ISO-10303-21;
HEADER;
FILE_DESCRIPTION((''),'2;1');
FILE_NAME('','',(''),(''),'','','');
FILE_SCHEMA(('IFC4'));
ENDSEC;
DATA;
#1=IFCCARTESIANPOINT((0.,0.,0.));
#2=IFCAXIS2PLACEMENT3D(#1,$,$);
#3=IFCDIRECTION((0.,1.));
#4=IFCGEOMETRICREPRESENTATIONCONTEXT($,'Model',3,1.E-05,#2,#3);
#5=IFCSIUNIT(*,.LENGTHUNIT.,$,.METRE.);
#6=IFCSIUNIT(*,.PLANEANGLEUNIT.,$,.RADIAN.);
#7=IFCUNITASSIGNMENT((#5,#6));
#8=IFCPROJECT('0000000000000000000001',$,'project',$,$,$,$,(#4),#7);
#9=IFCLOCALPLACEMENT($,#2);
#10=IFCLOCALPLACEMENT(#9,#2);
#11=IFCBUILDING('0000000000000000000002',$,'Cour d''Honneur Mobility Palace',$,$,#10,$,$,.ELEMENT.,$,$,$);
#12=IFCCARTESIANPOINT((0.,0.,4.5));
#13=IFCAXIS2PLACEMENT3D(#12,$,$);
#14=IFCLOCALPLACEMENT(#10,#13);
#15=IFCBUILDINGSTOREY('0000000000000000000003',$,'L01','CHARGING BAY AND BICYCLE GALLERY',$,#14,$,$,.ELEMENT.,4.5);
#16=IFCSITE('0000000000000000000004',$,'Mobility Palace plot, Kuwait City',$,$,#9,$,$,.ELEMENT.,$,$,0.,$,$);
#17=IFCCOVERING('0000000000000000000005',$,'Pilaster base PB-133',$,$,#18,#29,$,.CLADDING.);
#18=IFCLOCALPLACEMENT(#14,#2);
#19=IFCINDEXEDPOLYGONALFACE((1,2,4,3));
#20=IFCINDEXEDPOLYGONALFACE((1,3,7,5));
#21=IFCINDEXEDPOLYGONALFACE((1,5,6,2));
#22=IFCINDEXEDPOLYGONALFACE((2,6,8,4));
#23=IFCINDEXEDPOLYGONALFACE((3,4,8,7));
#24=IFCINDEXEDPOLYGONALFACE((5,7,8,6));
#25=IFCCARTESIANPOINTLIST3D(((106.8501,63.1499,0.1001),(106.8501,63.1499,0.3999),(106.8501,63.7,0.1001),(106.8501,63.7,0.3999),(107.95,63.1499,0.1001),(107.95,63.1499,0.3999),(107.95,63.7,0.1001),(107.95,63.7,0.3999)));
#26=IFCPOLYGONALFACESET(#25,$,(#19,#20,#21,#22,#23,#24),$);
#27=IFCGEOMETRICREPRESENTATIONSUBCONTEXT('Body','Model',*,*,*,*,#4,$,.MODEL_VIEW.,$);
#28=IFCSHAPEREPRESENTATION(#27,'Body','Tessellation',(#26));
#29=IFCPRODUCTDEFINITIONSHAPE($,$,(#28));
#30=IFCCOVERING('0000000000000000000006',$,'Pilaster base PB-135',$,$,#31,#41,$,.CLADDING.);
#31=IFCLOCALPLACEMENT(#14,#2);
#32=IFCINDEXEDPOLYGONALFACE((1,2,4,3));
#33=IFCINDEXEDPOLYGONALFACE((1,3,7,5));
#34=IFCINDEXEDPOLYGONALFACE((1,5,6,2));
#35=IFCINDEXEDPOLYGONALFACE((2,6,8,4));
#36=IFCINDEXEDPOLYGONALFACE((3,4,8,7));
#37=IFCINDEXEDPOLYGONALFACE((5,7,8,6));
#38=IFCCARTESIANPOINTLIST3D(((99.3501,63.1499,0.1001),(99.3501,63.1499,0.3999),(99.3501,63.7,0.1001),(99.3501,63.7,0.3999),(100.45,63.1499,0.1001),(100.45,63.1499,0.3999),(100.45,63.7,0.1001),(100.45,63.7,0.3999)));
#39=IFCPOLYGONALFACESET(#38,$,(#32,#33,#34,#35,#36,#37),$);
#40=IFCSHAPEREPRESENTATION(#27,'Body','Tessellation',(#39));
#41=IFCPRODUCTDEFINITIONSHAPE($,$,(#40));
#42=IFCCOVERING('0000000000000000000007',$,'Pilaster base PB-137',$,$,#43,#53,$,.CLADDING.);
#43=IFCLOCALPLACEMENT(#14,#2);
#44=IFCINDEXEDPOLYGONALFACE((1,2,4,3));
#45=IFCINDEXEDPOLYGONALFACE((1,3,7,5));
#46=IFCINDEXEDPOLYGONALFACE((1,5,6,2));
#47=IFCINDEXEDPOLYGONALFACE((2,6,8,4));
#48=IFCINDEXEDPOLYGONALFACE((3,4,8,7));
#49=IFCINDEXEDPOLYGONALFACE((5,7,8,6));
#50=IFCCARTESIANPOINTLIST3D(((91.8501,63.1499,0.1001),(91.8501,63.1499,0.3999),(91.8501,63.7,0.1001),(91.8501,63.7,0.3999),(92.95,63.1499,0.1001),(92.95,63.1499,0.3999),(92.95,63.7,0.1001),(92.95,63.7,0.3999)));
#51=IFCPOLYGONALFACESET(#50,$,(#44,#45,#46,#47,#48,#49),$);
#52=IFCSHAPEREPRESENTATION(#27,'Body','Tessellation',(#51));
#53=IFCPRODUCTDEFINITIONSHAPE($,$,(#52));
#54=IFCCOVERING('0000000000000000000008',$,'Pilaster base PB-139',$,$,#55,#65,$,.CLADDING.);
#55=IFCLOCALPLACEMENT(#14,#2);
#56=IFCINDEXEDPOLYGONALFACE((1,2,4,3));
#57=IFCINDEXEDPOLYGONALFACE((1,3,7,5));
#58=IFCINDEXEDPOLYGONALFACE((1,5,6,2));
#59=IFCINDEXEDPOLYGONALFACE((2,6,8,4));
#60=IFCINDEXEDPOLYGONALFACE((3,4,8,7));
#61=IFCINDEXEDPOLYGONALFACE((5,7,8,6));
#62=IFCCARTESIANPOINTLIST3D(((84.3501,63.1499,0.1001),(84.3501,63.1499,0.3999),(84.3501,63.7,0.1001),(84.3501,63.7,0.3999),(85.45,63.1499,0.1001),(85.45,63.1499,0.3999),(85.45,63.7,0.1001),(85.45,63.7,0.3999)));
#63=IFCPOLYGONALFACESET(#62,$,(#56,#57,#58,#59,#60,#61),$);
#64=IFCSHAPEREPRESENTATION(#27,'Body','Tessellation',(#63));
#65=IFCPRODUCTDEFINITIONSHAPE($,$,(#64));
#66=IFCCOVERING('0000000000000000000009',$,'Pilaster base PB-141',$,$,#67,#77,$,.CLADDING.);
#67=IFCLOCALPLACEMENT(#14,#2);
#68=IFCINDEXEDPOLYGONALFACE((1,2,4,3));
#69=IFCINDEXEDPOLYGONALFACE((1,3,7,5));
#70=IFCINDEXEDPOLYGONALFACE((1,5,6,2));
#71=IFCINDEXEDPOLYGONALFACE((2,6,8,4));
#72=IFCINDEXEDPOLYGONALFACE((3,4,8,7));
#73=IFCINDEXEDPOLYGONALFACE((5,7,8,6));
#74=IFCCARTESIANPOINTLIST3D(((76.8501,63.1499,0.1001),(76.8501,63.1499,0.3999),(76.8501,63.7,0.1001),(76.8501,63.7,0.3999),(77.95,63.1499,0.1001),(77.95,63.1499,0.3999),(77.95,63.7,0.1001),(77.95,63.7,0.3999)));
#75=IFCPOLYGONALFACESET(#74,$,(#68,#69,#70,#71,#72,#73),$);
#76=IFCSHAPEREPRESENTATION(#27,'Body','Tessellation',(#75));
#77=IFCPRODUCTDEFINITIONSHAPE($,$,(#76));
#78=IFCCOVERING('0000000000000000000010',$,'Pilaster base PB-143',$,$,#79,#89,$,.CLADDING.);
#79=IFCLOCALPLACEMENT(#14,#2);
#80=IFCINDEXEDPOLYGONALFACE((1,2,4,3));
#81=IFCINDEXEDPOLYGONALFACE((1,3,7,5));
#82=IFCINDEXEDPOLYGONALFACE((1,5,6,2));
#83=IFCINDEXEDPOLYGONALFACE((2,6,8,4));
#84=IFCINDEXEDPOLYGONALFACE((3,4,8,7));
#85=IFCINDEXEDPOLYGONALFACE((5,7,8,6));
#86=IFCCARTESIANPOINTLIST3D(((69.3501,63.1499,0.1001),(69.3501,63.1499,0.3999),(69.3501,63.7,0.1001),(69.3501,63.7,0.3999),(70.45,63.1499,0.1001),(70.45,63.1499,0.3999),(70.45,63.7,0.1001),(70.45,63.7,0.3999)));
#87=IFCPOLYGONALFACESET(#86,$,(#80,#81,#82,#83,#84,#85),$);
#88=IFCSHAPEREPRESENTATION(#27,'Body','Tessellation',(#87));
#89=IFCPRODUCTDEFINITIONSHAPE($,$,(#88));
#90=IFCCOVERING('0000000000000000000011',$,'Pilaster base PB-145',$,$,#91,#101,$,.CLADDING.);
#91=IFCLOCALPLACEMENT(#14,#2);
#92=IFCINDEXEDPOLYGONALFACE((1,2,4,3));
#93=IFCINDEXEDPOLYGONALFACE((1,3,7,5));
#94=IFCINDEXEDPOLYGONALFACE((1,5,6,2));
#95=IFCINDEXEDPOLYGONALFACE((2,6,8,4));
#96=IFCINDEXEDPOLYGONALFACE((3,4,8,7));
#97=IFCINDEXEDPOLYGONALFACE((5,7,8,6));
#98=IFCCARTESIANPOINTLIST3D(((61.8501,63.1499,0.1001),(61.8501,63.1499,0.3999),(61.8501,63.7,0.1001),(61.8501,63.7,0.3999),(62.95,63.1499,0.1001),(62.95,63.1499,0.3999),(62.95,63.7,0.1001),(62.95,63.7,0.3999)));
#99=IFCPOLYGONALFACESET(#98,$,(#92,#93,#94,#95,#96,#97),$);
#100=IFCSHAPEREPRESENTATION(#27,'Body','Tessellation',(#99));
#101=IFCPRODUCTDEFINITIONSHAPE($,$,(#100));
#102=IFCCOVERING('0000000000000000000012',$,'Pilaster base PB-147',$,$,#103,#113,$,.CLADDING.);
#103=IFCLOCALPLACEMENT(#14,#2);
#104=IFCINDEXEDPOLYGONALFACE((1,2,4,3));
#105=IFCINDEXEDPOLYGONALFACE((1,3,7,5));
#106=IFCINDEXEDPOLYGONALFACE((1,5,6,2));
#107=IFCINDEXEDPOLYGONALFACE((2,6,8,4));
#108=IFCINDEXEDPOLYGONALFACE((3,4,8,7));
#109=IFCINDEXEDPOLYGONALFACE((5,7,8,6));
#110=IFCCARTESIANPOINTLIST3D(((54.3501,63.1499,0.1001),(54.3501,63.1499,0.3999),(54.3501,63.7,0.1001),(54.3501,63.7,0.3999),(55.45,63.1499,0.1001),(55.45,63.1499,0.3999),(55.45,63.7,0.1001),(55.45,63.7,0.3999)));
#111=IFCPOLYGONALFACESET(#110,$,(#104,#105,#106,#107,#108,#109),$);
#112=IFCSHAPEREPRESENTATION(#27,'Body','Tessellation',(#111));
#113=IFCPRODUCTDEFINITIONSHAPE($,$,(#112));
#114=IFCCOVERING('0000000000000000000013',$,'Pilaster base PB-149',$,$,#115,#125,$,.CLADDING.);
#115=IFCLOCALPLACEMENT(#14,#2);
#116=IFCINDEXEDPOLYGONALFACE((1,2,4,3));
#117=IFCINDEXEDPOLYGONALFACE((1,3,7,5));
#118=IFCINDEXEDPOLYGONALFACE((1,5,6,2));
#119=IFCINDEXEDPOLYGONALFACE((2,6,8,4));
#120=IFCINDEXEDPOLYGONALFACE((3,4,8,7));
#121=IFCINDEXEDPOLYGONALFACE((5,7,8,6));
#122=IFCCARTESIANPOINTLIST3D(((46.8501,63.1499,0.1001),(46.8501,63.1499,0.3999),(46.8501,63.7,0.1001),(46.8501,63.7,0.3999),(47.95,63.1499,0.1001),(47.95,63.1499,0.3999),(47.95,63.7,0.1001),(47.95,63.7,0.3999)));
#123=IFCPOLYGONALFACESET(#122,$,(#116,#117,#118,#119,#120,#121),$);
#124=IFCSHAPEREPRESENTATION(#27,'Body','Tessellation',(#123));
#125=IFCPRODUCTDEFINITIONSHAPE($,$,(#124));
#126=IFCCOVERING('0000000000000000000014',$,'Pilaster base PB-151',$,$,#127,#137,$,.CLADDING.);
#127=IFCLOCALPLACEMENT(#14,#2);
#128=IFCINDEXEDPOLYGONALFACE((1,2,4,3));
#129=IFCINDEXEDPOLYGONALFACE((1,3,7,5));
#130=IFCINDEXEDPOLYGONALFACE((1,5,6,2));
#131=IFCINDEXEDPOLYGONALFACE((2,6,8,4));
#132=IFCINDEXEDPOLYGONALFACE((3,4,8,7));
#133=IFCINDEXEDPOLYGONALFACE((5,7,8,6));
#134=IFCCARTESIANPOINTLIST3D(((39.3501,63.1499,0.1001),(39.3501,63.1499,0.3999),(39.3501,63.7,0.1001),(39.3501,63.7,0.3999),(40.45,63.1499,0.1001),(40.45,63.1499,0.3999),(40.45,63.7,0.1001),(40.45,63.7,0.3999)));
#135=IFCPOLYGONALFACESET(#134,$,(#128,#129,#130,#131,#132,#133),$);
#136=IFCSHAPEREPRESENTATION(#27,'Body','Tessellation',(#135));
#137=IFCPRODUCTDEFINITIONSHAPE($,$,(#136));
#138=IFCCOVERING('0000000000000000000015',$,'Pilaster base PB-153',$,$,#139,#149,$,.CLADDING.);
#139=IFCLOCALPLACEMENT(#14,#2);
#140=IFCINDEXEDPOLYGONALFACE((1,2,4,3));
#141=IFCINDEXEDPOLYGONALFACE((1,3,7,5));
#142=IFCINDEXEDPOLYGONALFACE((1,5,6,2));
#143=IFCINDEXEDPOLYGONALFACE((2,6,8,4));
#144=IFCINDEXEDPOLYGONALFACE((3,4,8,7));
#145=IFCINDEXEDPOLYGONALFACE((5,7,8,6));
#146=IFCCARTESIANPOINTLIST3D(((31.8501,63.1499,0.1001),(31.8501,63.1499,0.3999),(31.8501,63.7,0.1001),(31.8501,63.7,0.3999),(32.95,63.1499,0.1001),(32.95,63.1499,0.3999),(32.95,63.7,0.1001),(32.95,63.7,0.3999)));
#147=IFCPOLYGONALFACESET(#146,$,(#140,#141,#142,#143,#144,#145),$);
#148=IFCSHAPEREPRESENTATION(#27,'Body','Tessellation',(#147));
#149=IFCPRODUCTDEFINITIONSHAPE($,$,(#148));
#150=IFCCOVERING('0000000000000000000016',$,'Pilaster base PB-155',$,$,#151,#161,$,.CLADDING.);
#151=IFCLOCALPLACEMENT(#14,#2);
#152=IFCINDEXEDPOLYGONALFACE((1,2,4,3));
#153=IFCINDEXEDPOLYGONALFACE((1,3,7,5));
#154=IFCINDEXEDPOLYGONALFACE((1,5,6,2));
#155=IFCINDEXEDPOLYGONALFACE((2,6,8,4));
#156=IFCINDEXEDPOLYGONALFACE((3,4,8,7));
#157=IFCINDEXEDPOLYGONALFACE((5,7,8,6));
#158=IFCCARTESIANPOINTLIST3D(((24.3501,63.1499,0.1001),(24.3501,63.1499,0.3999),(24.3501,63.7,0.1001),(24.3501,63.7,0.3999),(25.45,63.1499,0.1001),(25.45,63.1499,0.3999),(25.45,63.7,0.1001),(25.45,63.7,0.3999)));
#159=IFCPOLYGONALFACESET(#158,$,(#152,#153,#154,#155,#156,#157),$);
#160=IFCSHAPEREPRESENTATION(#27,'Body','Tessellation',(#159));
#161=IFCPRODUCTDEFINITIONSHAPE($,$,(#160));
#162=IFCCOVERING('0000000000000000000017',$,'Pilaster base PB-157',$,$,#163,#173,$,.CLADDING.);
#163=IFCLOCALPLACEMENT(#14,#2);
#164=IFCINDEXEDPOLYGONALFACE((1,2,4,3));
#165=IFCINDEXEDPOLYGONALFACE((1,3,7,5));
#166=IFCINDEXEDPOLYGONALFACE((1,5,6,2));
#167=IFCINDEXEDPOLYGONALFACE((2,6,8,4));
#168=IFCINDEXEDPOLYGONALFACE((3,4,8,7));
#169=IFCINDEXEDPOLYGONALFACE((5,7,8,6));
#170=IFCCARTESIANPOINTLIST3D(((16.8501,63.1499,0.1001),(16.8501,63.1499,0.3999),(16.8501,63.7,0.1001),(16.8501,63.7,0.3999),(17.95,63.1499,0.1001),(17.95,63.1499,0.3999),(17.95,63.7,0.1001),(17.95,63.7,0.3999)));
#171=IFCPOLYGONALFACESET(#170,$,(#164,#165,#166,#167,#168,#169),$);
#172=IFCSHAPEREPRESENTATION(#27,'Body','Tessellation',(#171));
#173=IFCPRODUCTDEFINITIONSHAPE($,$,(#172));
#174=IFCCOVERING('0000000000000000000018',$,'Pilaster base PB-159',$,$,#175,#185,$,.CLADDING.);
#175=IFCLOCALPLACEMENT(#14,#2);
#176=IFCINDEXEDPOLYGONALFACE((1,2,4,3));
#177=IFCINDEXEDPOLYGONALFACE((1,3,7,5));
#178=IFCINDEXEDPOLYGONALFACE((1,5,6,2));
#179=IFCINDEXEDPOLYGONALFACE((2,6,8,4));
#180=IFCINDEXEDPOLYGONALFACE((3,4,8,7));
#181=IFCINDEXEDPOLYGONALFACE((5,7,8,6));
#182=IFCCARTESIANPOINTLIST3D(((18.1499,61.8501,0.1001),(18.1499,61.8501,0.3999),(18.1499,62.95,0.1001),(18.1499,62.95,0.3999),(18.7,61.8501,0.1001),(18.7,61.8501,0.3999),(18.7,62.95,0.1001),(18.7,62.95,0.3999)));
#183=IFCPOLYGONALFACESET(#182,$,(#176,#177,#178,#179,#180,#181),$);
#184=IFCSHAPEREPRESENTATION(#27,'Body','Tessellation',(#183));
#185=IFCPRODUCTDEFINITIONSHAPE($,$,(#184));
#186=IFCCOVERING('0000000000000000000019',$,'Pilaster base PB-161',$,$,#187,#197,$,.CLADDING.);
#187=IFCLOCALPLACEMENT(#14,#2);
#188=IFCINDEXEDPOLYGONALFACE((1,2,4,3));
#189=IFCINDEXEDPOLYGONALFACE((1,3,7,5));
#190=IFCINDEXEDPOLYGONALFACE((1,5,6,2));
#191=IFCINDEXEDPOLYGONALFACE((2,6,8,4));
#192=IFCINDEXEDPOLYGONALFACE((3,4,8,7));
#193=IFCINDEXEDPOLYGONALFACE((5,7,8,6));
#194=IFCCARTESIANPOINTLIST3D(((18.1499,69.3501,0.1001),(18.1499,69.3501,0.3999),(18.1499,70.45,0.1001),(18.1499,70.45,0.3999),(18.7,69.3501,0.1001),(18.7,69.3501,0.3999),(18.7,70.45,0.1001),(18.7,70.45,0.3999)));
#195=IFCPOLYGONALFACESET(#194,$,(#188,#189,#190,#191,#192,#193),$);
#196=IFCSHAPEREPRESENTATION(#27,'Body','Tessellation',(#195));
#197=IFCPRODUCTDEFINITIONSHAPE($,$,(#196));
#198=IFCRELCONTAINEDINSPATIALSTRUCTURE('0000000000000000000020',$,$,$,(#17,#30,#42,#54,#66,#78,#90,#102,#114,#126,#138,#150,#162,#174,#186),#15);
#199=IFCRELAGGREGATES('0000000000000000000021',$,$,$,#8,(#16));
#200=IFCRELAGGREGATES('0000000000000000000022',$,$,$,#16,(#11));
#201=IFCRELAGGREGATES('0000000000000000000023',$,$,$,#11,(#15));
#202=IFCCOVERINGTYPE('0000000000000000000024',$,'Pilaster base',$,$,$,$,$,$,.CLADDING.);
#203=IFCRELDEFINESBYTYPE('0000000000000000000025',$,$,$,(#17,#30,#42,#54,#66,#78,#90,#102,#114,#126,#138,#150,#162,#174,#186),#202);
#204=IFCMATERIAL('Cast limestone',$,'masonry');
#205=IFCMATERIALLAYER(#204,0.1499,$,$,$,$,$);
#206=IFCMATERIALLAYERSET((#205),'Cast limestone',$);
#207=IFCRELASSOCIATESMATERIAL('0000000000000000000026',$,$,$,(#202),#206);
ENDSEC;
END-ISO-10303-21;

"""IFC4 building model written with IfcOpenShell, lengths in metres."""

from ifc_helpers import new_model, si_unit, direction, frame, origin, place, context, subcontext, project, spatial, polyline, outline, extrude, material, layer, layer_set, type_object, element, save


model = new_model("IFC4")

# Units and contexts
model_context = context("Model", 3, precision=1e-05, world=origin(), true_north=direction((0.0, 1.0)))
body_context = subcontext(model_context, "Body", "Model", "MODEL_VIEW")
ifc_project = project(units=[si_unit("LENGTHUNIT", "METRE"), si_unit("PLANEANGLEUNIT", "RADIAN")], contexts=[model_context])

# Site, building, storey
site_placement = place(None, origin())
site = spatial("IfcSite", under=ifc_project, at=site_placement, Name="Mobility Palace plot, Kuwait City", CompositionType="ELEMENT", RefElevation=0.0)
building_placement = place(site_placement, origin())
building = spatial("IfcBuilding", under=site, at=building_placement, Name="Cour d'Honneur Mobility Palace", CompositionType="ELEMENT")
storey_placement = place(building_placement, frame((0.0, 0.0, 4.5)))
storey = spatial("IfcBuildingStorey", under=building, at=storey_placement, Name="L01", Description="CHARGING BAY AND BICYCLE GALLERY", CompositionType="ELEMENT", Elevation=4.5)

# Coverings
ifc_material = material(Name="Cast limestone", Category="masonry")
ifc_layer = layer(ifc_material, 0.1499)
ifc_layer_set = layer_set([ifc_layer], Name="Cast limestone")
covering_type = type_object("IfcCoveringType", Name="Pilaster base", PredefinedType="CLADDING", material=ifc_layer_set)
covering_1_placement = place(storey_placement, frame((0.0, 0.0, 0.1001)))
element("IfcCovering", 1, at=covering_1_placement, inside=storey, type_object=covering_type, Name="Pilaster base PB-133", PredefinedType="CLADDING", context=body_context, shape_type="SweptSolid", body=[
    extrude(outline(polyline([(107.95, 63.1499), (106.8501, 63.1499), (106.8501, 63.7), (107.95, 63.7), (107.95, 63.1499)])), origin(), (0.0, 0.0, 1.0), 0.2998),
])
covering_2_placement = place(storey_placement, frame((0.0, 0.0, 0.1001)))
element("IfcCovering", 2, at=covering_2_placement, inside=storey, type_object=covering_type, Name="Pilaster base PB-135", PredefinedType="CLADDING", context=body_context, shape_type="SweptSolid", body=[
    extrude(outline(polyline([(100.45, 63.1499), (99.3501, 63.1499), (99.3501, 63.7), (100.45, 63.7), (100.45, 63.1499)])), origin(), (0.0, 0.0, 1.0), 0.2998),
])
covering_3_placement = place(storey_placement, frame((0.0, 0.0, 0.1001)))
element("IfcCovering", 3, at=covering_3_placement, inside=storey, type_object=covering_type, Name="Pilaster base PB-137", PredefinedType="CLADDING", context=body_context, shape_type="SweptSolid", body=[
    extrude(outline(polyline([(92.95, 63.1499), (91.8501, 63.1499), (91.8501, 63.7), (92.95, 63.7), (92.95, 63.1499)])), origin(), (0.0, 0.0, 1.0), 0.2998),
])
covering_4_placement = place(storey_placement, frame((0.0, 0.0, 0.1001)))
element("IfcCovering", 4, at=covering_4_placement, inside=storey, type_object=covering_type, Name="Pilaster base PB-139", PredefinedType="CLADDING", context=body_context, shape_type="SweptSolid", body=[
    extrude(outline(polyline([(85.45, 63.1499), (84.3501, 63.1499), (84.3501, 63.7), (85.45, 63.7), (85.45, 63.1499)])), origin(), (0.0, 0.0, 1.0), 0.2998),
])
covering_5_placement = place(storey_placement, frame((0.0, 0.0, 0.1001)))
element("IfcCovering", 5, at=covering_5_placement, inside=storey, type_object=covering_type, Name="Pilaster base PB-141", PredefinedType="CLADDING", context=body_context, shape_type="SweptSolid", body=[
    extrude(outline(polyline([(77.95, 63.1499), (76.8501, 63.1499), (76.8501, 63.7), (77.95, 63.7), (77.95, 63.1499)])), origin(), (0.0, 0.0, 1.0), 0.2998),
])
covering_6_placement = place(storey_placement, frame((0.0, 0.0, 0.1001)))
element("IfcCovering", 6, at=covering_6_placement, inside=storey, type_object=covering_type, Name="Pilaster base PB-143", PredefinedType="CLADDING", context=body_context, shape_type="SweptSolid", body=[
    extrude(outline(polyline([(70.45, 63.1499), (69.3501, 63.1499), (69.3501, 63.7), (70.45, 63.7), (70.45, 63.1499)])), origin(), (0.0, 0.0, 1.0), 0.2998),
])
covering_7_placement = place(storey_placement, frame((0.0, 0.0, 0.1001)))
element("IfcCovering", 7, at=covering_7_placement, inside=storey, type_object=covering_type, Name="Pilaster base PB-145", PredefinedType="CLADDING", context=body_context, shape_type="SweptSolid", body=[
    extrude(outline(polyline([(62.95, 63.1499), (61.8501, 63.1499), (61.8501, 63.7), (62.95, 63.7), (62.95, 63.1499)])), origin(), (0.0, 0.0, 1.0), 0.2998),
])
covering_8_placement = place(storey_placement, frame((0.0, 0.0, 0.1001)))
element("IfcCovering", 8, at=covering_8_placement, inside=storey, type_object=covering_type, Name="Pilaster base PB-147", PredefinedType="CLADDING", context=body_context, shape_type="SweptSolid", body=[
    extrude(outline(polyline([(55.45, 63.1499), (54.3501, 63.1499), (54.3501, 63.7), (55.45, 63.7), (55.45, 63.1499)])), origin(), (0.0, 0.0, 1.0), 0.2998),
])
covering_9_placement = place(storey_placement, frame((0.0, 0.0, 0.1001)))
element("IfcCovering", 9, at=covering_9_placement, inside=storey, type_object=covering_type, Name="Pilaster base PB-149", PredefinedType="CLADDING", context=body_context, shape_type="SweptSolid", body=[
    extrude(outline(polyline([(47.95, 63.1499), (46.8501, 63.1499), (46.8501, 63.7), (47.95, 63.7), (47.95, 63.1499)])), origin(), (0.0, 0.0, 1.0), 0.2998),
])
covering_10_placement = place(storey_placement, frame((0.0, 0.0, 0.1001)))
element("IfcCovering", 10, at=covering_10_placement, inside=storey, type_object=covering_type, Name="Pilaster base PB-151", PredefinedType="CLADDING", context=body_context, shape_type="SweptSolid", body=[
    extrude(outline(polyline([(40.45, 63.1499), (39.3501, 63.1499), (39.3501, 63.7), (40.45, 63.7), (40.45, 63.1499)])), origin(), (0.0, 0.0, 1.0), 0.2998),
])
covering_11_placement = place(storey_placement, frame((0.0, 0.0, 0.1001)))
element("IfcCovering", 11, at=covering_11_placement, inside=storey, type_object=covering_type, Name="Pilaster base PB-153", PredefinedType="CLADDING", context=body_context, shape_type="SweptSolid", body=[
    extrude(outline(polyline([(32.95, 63.1499), (31.8501, 63.1499), (31.8501, 63.7), (32.95, 63.7), (32.95, 63.1499)])), origin(), (0.0, 0.0, 1.0), 0.2998),
])
covering_12_placement = place(storey_placement, frame((0.0, 0.0, 0.1001)))
element("IfcCovering", 12, at=covering_12_placement, inside=storey, type_object=covering_type, Name="Pilaster base PB-155", PredefinedType="CLADDING", context=body_context, shape_type="SweptSolid", body=[
    extrude(outline(polyline([(25.45, 63.1499), (24.3501, 63.1499), (24.3501, 63.7), (25.45, 63.7), (25.45, 63.1499)])), origin(), (0.0, 0.0, 1.0), 0.2998),
])
covering_13_placement = place(storey_placement, frame((0.0, 0.0, 0.1001)))
element("IfcCovering", 13, at=covering_13_placement, inside=storey, type_object=covering_type, Name="Pilaster base PB-157", PredefinedType="CLADDING", context=body_context, shape_type="SweptSolid", body=[
    extrude(outline(polyline([(17.95, 63.1499), (16.8501, 63.1499), (16.8501, 63.7), (17.95, 63.7), (17.95, 63.1499)])), origin(), (0.0, 0.0, 1.0), 0.2998),
])
covering_14_placement = place(storey_placement, frame((0.0, 0.0, 0.1001)))
element("IfcCovering", 14, at=covering_14_placement, inside=storey, type_object=covering_type, Name="Pilaster base PB-159", PredefinedType="CLADDING", context=body_context, shape_type="SweptSolid", body=[
    extrude(outline(polyline([(18.1499, 61.8501), (18.1499, 62.95), (18.7, 62.95), (18.7, 61.8501), (18.1499, 61.8501)])), origin(), (0.0, 0.0, 1.0), 0.2998),
])
covering_15_placement = place(storey_placement, frame((0.0, 0.0, 0.1001)))
element("IfcCovering", 15, at=covering_15_placement, inside=storey, type_object=covering_type, Name="Pilaster base PB-161", PredefinedType="CLADDING", context=body_context, shape_type="SweptSolid", body=[
    extrude(outline(polyline([(18.1499, 69.3501), (18.1499, 70.45), (18.7, 70.45), (18.7, 69.3501), (18.1499, 69.3501)])), origin(), (0.0, 0.0, 1.0), 0.2998),
])

save(model, "model.ifc")
